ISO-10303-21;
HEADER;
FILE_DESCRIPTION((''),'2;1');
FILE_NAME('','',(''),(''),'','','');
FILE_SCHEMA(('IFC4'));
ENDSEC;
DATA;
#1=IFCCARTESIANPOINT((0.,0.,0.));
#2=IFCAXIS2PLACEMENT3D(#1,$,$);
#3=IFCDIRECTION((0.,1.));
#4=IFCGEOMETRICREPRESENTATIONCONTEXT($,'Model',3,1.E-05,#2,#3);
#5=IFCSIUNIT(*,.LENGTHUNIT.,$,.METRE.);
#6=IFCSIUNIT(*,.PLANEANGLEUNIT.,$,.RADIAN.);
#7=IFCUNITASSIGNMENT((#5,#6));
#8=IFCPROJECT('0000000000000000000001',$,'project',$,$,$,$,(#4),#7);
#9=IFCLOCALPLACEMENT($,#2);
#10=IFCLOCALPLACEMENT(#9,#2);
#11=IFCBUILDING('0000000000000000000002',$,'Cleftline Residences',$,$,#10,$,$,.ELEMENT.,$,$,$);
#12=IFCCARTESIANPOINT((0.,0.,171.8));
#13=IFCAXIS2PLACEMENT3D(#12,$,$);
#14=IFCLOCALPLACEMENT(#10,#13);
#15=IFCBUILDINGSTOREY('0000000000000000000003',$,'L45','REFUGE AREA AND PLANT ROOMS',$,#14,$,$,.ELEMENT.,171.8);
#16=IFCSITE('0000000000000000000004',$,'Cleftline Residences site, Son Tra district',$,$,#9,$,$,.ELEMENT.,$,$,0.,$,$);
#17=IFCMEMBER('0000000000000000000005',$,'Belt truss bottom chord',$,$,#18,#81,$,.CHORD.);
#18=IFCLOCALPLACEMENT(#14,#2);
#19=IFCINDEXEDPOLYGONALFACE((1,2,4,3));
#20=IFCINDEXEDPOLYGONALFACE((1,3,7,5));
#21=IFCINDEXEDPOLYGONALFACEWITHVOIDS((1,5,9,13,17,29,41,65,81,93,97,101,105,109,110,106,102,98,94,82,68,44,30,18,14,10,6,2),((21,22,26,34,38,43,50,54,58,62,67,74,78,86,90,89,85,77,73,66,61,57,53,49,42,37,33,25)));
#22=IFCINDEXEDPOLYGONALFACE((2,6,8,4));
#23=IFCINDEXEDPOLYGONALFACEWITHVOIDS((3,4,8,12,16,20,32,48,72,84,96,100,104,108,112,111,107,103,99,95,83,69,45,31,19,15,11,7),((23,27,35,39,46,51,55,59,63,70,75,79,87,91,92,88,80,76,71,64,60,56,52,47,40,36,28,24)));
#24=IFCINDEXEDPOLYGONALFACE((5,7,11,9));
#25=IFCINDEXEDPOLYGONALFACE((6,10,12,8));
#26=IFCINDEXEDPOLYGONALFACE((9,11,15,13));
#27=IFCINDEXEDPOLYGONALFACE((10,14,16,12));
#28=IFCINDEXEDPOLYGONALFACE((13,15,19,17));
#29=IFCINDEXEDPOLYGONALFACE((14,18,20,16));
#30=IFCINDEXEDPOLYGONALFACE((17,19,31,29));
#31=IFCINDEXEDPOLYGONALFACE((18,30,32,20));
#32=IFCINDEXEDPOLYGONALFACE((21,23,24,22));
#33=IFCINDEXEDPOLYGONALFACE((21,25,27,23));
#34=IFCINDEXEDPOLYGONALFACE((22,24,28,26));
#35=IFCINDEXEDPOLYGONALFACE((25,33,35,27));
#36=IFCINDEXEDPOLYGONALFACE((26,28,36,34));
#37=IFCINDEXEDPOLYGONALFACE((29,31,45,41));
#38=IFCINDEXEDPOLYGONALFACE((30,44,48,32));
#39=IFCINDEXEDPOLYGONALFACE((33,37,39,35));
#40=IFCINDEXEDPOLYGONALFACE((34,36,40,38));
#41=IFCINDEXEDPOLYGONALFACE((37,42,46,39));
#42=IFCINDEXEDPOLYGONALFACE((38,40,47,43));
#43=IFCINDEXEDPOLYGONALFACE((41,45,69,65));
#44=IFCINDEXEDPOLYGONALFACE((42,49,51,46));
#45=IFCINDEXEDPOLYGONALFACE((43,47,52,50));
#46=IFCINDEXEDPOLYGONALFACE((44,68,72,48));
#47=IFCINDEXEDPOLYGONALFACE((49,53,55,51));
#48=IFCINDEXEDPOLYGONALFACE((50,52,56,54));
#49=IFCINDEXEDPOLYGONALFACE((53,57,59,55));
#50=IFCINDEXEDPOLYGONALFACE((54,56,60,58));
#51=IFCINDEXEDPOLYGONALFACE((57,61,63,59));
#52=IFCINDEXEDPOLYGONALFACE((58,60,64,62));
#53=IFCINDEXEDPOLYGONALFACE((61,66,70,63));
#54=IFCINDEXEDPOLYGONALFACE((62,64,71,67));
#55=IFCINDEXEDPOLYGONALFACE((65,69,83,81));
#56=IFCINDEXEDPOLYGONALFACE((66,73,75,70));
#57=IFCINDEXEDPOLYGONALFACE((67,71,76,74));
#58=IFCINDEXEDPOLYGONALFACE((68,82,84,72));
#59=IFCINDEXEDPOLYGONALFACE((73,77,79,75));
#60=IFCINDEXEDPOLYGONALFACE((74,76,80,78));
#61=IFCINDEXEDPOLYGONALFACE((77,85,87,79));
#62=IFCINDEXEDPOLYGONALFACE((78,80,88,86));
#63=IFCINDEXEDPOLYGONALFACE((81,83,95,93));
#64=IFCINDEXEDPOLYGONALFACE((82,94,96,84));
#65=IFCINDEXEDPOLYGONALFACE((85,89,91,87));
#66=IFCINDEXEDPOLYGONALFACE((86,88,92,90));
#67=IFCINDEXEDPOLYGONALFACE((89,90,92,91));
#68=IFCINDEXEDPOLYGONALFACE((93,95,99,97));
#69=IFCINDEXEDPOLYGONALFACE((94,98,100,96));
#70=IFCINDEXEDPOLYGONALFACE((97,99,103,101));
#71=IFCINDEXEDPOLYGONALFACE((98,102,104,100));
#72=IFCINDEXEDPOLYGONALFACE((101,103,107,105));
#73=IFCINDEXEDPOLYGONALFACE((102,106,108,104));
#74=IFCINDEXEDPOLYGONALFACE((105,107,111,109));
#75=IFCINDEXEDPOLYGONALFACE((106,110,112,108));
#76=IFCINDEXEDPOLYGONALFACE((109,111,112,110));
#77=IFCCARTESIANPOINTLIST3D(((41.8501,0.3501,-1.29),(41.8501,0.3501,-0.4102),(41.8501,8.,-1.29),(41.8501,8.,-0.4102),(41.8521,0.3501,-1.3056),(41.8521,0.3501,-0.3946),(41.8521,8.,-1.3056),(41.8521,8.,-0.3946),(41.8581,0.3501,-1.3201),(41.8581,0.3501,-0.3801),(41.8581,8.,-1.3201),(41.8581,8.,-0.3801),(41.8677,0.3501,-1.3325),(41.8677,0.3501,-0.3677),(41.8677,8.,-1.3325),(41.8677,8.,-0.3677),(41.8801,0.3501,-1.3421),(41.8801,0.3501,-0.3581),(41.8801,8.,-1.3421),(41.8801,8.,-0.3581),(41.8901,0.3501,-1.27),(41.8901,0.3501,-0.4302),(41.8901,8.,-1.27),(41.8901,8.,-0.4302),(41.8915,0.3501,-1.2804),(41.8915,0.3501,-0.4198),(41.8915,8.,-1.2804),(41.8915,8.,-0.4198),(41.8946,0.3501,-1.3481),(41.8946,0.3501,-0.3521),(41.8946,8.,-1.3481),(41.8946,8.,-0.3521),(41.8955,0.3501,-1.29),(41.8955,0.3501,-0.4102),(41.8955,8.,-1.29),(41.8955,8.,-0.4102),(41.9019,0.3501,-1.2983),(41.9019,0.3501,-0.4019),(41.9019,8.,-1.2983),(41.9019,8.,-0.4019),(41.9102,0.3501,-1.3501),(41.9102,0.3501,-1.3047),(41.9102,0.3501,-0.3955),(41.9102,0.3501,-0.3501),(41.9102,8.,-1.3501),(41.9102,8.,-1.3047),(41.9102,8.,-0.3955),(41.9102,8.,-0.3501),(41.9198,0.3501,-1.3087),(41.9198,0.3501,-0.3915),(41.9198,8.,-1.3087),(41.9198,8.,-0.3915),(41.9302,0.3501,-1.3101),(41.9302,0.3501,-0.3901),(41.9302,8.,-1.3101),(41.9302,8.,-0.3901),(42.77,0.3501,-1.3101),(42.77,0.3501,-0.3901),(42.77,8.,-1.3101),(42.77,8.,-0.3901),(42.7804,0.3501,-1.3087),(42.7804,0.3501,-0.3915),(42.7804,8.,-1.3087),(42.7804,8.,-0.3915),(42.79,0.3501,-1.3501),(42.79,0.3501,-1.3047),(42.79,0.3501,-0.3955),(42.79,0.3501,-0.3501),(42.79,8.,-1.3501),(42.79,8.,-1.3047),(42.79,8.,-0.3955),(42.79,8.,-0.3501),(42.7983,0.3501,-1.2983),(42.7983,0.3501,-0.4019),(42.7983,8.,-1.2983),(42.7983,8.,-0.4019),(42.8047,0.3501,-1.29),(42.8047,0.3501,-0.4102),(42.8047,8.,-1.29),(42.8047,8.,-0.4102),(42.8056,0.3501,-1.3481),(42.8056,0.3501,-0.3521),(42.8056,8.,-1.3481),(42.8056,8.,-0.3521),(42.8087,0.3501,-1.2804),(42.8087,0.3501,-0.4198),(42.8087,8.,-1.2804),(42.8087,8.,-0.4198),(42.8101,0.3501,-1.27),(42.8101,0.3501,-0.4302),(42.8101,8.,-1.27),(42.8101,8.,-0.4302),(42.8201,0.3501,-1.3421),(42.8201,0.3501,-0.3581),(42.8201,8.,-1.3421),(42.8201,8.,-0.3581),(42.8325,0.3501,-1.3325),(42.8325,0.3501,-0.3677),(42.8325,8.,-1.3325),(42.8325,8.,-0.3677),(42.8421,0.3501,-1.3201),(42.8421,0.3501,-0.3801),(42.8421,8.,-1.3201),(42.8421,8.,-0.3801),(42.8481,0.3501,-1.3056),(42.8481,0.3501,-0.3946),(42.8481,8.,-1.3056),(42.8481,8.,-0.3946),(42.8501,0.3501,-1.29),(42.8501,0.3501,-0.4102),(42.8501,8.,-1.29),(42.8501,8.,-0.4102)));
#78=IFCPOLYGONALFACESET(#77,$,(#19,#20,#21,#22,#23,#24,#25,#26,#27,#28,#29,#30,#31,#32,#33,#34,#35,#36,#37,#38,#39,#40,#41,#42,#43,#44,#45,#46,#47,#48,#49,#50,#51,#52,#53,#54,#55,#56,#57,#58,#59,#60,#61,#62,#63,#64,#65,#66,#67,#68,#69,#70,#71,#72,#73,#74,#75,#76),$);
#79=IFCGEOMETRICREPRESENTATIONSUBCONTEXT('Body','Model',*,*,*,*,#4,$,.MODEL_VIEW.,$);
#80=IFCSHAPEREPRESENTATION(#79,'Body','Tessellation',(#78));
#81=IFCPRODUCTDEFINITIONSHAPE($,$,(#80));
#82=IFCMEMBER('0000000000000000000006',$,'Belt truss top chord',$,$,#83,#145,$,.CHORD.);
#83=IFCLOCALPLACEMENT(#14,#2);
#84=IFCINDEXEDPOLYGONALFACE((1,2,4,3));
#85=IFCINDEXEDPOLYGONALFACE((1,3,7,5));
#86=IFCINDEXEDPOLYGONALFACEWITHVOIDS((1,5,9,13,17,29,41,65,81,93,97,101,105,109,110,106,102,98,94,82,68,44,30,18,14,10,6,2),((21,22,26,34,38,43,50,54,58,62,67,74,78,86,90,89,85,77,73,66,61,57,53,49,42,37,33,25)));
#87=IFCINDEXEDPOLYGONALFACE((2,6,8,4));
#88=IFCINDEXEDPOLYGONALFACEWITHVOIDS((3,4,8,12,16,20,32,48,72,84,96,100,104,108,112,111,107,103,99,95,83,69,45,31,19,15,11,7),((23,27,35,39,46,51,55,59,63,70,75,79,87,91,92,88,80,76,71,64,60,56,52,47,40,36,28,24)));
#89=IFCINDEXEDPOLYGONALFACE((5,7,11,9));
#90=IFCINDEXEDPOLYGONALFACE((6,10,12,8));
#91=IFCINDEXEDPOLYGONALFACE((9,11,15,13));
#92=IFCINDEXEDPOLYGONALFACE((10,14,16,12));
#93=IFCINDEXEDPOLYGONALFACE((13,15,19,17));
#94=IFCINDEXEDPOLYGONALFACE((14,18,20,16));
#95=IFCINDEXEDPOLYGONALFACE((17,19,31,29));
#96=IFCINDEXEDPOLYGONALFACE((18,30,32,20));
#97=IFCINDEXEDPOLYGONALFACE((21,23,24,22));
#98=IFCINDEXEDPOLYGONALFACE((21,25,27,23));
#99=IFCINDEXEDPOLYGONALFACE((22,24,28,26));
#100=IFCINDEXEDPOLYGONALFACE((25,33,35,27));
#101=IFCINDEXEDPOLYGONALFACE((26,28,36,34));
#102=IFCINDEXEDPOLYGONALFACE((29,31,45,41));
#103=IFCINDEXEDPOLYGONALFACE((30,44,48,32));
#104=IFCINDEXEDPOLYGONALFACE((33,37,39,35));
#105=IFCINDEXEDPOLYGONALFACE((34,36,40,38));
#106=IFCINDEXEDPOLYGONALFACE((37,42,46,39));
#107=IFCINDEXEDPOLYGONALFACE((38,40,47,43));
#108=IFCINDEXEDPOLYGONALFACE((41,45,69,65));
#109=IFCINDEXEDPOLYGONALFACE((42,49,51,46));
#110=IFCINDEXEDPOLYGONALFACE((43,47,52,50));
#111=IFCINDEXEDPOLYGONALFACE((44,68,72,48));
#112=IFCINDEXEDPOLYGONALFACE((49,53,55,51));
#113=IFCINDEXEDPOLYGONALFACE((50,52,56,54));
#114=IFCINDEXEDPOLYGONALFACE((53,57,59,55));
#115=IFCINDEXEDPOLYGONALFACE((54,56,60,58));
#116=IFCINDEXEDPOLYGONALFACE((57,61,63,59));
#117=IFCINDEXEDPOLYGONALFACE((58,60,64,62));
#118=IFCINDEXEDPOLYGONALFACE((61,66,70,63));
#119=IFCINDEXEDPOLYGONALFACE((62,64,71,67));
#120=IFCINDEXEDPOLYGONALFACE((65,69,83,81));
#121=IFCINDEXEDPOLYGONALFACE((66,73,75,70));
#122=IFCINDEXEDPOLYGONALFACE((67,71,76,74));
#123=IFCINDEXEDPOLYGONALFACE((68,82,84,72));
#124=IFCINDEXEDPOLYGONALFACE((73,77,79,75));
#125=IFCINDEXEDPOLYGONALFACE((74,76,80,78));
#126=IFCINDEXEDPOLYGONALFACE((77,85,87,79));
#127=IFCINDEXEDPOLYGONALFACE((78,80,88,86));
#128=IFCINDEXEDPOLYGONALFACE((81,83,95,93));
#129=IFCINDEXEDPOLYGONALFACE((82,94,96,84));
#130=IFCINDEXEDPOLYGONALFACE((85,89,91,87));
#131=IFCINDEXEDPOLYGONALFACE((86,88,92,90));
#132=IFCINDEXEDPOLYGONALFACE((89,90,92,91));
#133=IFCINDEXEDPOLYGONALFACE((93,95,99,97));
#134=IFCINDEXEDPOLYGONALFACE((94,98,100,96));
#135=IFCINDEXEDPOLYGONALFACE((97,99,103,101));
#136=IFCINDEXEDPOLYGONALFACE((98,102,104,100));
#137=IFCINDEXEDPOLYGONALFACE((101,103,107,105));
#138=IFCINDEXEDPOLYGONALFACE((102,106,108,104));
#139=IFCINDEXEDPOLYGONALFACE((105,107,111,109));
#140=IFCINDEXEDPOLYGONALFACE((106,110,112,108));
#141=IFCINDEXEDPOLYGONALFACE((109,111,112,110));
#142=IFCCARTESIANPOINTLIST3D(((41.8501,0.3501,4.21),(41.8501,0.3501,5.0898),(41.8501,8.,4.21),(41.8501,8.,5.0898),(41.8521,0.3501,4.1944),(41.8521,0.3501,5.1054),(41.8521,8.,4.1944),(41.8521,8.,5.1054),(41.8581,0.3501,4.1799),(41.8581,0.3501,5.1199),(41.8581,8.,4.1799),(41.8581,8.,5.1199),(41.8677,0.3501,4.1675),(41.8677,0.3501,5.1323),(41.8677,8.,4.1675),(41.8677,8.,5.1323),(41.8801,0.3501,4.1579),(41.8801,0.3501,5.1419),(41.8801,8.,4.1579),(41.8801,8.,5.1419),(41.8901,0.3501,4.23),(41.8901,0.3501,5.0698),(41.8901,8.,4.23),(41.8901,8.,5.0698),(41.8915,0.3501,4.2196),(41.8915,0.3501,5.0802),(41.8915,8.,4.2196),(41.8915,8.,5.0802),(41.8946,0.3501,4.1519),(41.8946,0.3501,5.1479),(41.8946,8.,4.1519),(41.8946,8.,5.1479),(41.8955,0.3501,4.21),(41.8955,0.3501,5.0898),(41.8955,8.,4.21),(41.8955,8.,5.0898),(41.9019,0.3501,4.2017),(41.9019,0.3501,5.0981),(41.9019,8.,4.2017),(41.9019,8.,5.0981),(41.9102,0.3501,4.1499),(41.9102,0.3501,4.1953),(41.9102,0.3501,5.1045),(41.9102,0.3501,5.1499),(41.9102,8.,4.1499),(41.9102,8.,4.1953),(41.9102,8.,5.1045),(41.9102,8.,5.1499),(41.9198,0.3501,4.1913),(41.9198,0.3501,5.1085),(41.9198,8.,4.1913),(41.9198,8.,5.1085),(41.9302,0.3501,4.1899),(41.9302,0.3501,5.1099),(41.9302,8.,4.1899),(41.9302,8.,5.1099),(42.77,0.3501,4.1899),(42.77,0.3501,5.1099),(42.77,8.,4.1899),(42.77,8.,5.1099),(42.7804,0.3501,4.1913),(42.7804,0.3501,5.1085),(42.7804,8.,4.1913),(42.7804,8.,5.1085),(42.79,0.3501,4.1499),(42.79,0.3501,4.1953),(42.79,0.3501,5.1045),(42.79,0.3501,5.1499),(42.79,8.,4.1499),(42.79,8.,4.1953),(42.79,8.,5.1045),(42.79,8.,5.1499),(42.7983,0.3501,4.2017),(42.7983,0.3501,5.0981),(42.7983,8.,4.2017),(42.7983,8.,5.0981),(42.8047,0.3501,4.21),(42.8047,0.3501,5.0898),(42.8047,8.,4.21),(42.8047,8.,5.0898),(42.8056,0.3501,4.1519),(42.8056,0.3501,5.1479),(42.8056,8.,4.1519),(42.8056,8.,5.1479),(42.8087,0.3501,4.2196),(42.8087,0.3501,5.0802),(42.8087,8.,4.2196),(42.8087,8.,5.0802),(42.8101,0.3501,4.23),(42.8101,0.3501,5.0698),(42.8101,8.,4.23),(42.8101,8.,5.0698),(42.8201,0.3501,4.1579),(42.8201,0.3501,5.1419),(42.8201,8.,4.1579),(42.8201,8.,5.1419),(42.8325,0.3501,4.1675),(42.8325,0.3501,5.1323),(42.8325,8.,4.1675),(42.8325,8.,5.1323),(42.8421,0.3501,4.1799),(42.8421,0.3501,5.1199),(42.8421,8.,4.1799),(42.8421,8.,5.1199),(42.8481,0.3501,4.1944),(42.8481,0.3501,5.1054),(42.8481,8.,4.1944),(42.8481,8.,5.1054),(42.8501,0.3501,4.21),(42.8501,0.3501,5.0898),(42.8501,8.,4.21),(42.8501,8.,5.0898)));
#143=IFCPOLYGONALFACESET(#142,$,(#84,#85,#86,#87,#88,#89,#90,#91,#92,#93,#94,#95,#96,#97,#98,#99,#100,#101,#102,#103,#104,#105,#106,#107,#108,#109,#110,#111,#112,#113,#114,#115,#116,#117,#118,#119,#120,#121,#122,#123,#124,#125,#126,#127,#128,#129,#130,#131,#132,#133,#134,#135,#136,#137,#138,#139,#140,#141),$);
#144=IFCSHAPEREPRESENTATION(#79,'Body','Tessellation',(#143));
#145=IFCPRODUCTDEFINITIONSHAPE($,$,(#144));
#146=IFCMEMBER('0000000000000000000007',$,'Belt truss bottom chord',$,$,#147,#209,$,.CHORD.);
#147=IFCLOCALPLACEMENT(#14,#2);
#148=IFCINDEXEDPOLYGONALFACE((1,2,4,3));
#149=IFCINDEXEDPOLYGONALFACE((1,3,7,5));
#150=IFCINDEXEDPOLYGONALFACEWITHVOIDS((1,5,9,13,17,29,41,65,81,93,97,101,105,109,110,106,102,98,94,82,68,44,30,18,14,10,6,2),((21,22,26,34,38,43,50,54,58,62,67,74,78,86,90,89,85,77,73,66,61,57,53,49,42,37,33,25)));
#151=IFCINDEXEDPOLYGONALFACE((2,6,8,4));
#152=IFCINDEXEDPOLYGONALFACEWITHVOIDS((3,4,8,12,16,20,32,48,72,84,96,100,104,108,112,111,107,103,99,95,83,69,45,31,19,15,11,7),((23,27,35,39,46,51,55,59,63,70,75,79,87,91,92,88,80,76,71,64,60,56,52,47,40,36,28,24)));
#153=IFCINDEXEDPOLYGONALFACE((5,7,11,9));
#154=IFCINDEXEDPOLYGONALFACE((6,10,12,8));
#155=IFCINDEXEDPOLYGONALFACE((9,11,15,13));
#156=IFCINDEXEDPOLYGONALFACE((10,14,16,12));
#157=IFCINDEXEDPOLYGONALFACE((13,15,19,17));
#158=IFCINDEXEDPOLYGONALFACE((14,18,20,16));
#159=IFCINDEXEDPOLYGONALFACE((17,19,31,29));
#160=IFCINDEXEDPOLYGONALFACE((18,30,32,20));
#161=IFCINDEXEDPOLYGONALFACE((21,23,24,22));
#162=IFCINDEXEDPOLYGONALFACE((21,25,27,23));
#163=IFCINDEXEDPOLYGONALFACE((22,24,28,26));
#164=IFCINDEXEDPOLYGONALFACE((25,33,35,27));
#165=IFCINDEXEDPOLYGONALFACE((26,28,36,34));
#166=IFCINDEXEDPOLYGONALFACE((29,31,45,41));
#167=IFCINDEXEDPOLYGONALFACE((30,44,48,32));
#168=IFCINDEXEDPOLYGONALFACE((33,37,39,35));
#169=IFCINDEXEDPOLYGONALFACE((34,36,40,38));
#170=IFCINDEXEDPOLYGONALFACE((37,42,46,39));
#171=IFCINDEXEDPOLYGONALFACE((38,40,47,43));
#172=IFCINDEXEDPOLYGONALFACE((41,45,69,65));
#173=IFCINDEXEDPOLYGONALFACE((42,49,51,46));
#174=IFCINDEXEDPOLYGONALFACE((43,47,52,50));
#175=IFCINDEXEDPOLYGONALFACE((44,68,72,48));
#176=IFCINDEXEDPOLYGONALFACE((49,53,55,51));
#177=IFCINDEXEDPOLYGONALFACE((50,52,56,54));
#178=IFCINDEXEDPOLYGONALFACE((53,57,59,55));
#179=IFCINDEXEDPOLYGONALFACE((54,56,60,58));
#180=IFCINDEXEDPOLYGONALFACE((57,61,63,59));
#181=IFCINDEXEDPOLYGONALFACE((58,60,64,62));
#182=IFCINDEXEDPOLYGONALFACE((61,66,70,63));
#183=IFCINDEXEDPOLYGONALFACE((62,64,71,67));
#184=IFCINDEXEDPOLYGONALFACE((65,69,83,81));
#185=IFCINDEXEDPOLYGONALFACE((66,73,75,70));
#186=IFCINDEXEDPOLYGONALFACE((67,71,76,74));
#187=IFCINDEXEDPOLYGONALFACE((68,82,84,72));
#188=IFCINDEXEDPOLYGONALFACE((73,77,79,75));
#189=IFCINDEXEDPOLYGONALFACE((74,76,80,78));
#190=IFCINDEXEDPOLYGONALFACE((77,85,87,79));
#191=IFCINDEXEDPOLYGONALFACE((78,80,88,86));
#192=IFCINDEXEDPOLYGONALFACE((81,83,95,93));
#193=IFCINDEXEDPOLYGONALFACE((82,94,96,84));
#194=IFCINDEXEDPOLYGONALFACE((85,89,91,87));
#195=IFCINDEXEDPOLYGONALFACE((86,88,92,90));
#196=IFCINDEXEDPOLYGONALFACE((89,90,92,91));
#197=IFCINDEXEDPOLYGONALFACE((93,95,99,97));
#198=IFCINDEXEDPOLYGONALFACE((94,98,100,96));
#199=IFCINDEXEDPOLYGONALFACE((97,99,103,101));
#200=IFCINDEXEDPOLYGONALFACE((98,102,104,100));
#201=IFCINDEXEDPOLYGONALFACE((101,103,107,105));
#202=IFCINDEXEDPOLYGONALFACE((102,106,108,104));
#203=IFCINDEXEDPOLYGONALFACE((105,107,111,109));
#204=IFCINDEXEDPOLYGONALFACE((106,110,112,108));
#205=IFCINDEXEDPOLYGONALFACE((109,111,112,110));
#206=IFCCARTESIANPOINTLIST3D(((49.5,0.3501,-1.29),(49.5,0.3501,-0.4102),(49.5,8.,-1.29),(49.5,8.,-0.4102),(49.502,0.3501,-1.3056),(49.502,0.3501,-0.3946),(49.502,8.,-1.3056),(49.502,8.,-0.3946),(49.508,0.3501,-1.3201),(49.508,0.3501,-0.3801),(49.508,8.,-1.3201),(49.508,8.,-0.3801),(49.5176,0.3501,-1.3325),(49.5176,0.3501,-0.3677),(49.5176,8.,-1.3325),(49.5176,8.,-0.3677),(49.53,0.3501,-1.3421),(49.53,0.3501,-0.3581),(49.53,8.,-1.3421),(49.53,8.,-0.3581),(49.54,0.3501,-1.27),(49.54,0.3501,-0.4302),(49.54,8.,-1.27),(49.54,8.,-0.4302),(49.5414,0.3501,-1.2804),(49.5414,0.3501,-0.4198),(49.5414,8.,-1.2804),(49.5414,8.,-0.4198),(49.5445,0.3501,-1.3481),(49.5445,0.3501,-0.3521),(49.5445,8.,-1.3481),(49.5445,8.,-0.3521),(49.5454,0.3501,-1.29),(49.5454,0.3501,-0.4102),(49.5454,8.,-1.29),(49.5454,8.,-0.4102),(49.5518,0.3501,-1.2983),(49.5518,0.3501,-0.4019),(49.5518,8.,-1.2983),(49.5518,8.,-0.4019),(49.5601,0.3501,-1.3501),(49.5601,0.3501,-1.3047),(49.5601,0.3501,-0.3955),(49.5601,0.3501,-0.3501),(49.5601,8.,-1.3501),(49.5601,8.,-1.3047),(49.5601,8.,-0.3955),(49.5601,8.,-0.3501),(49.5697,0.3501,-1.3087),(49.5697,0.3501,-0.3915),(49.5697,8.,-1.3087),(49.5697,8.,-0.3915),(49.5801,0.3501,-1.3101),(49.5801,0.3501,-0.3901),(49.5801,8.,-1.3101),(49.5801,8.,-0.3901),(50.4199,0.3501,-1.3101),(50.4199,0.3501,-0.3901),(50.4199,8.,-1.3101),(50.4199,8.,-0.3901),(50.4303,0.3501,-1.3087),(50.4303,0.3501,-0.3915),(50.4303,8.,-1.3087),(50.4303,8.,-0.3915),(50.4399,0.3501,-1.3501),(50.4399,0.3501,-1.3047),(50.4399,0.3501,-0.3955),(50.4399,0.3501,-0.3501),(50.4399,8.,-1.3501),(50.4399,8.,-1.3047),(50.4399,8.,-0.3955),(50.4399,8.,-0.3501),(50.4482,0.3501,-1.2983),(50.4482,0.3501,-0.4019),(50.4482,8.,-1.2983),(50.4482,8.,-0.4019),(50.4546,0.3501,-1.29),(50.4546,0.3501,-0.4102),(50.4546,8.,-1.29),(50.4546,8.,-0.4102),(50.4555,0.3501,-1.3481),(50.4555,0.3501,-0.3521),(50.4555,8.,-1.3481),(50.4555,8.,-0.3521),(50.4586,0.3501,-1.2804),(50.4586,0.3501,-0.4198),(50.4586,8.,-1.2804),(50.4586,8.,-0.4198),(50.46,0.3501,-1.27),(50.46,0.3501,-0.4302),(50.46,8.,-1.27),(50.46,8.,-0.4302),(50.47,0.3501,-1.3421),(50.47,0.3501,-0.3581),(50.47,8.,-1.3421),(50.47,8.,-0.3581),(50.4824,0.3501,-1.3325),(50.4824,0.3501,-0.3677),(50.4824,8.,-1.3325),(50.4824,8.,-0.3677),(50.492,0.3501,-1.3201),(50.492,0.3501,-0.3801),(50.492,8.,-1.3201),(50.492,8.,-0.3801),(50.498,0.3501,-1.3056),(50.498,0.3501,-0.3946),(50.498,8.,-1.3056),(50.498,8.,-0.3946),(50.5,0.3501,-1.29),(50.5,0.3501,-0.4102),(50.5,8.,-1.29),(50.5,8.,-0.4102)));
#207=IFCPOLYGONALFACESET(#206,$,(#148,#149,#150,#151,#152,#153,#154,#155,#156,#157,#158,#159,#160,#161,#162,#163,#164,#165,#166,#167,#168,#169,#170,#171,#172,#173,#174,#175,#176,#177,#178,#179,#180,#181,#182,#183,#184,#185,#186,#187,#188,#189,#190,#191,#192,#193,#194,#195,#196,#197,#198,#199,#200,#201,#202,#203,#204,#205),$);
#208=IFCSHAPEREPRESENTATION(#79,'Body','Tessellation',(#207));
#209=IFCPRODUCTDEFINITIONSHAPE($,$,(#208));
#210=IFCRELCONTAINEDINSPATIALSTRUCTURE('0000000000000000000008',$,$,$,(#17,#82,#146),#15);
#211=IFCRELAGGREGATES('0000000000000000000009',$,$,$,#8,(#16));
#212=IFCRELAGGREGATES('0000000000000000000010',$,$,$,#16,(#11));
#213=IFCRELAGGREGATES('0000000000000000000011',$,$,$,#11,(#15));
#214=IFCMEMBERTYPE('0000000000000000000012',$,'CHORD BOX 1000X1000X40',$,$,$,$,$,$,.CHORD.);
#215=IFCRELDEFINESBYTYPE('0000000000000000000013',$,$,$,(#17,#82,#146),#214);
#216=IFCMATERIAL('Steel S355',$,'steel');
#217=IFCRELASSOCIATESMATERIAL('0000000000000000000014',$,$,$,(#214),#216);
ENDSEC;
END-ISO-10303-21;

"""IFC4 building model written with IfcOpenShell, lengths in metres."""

from ifc_helpers import new_model, si_unit, direction, frame, origin, origin_2d, place, context, subcontext, project, spatial, hollow_rectangle, extrude, material, material_profile, profile_set, type_object, element, save


model = new_model("IFC4")

# Units and contexts
model_context = context("Model", 3, precision=1e-05, world=origin(), true_north=direction((0.0, 1.0)))
body_context = subcontext(model_context, "Body", "Model", "MODEL_VIEW")
ifc_project = project(units=[si_unit("LENGTHUNIT", "METRE"), si_unit("PLANEANGLEUNIT", "RADIAN")], contexts=[model_context])

# Site, building, storey
site_placement = place(None, origin())
site = spatial("IfcSite", under=ifc_project, at=site_placement, Name="Cleftline Residences site, Son Tra district", CompositionType="ELEMENT", RefElevation=0.0)
building_placement = place(site_placement, origin())
building = spatial("IfcBuilding", under=site, at=building_placement, Name="Cleftline Residences", CompositionType="ELEMENT")
storey_placement = place(building_placement, frame((0.0, 0.0, 171.8)))
storey = spatial("IfcBuildingStorey", under=building, at=storey_placement, Name="L45", Description="REFUGE AREA AND PLANT ROOMS", CompositionType="ELEMENT", Elevation=171.8)

# Members
ifc_material_1 = material(Name="Steel S355", Category="steel")
ifc_material_profile_1 = material_profile(ifc_material_1, hollow_rectangle(XDim=1.0, YDim=1.0, WallThickness=0.04, InnerFilletRadius=0.04, OuterFilletRadius=0.0601, at=origin_2d()))
ifc_profile_set_1 = profile_set([ifc_material_profile_1], Name="Steel S355")
member_type_1 = type_object("IfcMemberType", Name="CHORD BOX 1000X1000X40", PredefinedType="CHORD", material=ifc_profile_set_1)
for number, where, z_axis, x_axis, name in (
    (1, (42.3501, 0.3501, -0.8501), (0.0, 1.0, 0.0), (-1.0, 0.0, 0.0), "Belt truss bottom chord"),
    (2, (42.3501, 0.3501, 4.6499), (0.0, 1.0, 0.0), (-1.0, 0.0, 0.0), "Belt truss top chord"),
    (3, (50.0, 0.3501, -0.8501), (0.0, 1.0, 0.0), (-1.0, 0.0, 0.0), "Belt truss bottom chord"),
):
    element("IfcMember", number, at=place(storey_placement, frame(where, z_axis=z_axis, x_axis=x_axis)), inside=storey, type_object=member_type_1, Name=name, PredefinedType="CHORD", context=body_context, shape_type="SweptSolid", body=[
        extrude(hollow_rectangle(XDim=1.0, YDim=1.0, WallThickness=0.04, InnerFilletRadius=0.04, OuterFilletRadius=0.0601, at=origin_2d()), origin(), (0.0, 0.0, 1.0), 7.6499),
    ])

save(model, "model.ifc")
